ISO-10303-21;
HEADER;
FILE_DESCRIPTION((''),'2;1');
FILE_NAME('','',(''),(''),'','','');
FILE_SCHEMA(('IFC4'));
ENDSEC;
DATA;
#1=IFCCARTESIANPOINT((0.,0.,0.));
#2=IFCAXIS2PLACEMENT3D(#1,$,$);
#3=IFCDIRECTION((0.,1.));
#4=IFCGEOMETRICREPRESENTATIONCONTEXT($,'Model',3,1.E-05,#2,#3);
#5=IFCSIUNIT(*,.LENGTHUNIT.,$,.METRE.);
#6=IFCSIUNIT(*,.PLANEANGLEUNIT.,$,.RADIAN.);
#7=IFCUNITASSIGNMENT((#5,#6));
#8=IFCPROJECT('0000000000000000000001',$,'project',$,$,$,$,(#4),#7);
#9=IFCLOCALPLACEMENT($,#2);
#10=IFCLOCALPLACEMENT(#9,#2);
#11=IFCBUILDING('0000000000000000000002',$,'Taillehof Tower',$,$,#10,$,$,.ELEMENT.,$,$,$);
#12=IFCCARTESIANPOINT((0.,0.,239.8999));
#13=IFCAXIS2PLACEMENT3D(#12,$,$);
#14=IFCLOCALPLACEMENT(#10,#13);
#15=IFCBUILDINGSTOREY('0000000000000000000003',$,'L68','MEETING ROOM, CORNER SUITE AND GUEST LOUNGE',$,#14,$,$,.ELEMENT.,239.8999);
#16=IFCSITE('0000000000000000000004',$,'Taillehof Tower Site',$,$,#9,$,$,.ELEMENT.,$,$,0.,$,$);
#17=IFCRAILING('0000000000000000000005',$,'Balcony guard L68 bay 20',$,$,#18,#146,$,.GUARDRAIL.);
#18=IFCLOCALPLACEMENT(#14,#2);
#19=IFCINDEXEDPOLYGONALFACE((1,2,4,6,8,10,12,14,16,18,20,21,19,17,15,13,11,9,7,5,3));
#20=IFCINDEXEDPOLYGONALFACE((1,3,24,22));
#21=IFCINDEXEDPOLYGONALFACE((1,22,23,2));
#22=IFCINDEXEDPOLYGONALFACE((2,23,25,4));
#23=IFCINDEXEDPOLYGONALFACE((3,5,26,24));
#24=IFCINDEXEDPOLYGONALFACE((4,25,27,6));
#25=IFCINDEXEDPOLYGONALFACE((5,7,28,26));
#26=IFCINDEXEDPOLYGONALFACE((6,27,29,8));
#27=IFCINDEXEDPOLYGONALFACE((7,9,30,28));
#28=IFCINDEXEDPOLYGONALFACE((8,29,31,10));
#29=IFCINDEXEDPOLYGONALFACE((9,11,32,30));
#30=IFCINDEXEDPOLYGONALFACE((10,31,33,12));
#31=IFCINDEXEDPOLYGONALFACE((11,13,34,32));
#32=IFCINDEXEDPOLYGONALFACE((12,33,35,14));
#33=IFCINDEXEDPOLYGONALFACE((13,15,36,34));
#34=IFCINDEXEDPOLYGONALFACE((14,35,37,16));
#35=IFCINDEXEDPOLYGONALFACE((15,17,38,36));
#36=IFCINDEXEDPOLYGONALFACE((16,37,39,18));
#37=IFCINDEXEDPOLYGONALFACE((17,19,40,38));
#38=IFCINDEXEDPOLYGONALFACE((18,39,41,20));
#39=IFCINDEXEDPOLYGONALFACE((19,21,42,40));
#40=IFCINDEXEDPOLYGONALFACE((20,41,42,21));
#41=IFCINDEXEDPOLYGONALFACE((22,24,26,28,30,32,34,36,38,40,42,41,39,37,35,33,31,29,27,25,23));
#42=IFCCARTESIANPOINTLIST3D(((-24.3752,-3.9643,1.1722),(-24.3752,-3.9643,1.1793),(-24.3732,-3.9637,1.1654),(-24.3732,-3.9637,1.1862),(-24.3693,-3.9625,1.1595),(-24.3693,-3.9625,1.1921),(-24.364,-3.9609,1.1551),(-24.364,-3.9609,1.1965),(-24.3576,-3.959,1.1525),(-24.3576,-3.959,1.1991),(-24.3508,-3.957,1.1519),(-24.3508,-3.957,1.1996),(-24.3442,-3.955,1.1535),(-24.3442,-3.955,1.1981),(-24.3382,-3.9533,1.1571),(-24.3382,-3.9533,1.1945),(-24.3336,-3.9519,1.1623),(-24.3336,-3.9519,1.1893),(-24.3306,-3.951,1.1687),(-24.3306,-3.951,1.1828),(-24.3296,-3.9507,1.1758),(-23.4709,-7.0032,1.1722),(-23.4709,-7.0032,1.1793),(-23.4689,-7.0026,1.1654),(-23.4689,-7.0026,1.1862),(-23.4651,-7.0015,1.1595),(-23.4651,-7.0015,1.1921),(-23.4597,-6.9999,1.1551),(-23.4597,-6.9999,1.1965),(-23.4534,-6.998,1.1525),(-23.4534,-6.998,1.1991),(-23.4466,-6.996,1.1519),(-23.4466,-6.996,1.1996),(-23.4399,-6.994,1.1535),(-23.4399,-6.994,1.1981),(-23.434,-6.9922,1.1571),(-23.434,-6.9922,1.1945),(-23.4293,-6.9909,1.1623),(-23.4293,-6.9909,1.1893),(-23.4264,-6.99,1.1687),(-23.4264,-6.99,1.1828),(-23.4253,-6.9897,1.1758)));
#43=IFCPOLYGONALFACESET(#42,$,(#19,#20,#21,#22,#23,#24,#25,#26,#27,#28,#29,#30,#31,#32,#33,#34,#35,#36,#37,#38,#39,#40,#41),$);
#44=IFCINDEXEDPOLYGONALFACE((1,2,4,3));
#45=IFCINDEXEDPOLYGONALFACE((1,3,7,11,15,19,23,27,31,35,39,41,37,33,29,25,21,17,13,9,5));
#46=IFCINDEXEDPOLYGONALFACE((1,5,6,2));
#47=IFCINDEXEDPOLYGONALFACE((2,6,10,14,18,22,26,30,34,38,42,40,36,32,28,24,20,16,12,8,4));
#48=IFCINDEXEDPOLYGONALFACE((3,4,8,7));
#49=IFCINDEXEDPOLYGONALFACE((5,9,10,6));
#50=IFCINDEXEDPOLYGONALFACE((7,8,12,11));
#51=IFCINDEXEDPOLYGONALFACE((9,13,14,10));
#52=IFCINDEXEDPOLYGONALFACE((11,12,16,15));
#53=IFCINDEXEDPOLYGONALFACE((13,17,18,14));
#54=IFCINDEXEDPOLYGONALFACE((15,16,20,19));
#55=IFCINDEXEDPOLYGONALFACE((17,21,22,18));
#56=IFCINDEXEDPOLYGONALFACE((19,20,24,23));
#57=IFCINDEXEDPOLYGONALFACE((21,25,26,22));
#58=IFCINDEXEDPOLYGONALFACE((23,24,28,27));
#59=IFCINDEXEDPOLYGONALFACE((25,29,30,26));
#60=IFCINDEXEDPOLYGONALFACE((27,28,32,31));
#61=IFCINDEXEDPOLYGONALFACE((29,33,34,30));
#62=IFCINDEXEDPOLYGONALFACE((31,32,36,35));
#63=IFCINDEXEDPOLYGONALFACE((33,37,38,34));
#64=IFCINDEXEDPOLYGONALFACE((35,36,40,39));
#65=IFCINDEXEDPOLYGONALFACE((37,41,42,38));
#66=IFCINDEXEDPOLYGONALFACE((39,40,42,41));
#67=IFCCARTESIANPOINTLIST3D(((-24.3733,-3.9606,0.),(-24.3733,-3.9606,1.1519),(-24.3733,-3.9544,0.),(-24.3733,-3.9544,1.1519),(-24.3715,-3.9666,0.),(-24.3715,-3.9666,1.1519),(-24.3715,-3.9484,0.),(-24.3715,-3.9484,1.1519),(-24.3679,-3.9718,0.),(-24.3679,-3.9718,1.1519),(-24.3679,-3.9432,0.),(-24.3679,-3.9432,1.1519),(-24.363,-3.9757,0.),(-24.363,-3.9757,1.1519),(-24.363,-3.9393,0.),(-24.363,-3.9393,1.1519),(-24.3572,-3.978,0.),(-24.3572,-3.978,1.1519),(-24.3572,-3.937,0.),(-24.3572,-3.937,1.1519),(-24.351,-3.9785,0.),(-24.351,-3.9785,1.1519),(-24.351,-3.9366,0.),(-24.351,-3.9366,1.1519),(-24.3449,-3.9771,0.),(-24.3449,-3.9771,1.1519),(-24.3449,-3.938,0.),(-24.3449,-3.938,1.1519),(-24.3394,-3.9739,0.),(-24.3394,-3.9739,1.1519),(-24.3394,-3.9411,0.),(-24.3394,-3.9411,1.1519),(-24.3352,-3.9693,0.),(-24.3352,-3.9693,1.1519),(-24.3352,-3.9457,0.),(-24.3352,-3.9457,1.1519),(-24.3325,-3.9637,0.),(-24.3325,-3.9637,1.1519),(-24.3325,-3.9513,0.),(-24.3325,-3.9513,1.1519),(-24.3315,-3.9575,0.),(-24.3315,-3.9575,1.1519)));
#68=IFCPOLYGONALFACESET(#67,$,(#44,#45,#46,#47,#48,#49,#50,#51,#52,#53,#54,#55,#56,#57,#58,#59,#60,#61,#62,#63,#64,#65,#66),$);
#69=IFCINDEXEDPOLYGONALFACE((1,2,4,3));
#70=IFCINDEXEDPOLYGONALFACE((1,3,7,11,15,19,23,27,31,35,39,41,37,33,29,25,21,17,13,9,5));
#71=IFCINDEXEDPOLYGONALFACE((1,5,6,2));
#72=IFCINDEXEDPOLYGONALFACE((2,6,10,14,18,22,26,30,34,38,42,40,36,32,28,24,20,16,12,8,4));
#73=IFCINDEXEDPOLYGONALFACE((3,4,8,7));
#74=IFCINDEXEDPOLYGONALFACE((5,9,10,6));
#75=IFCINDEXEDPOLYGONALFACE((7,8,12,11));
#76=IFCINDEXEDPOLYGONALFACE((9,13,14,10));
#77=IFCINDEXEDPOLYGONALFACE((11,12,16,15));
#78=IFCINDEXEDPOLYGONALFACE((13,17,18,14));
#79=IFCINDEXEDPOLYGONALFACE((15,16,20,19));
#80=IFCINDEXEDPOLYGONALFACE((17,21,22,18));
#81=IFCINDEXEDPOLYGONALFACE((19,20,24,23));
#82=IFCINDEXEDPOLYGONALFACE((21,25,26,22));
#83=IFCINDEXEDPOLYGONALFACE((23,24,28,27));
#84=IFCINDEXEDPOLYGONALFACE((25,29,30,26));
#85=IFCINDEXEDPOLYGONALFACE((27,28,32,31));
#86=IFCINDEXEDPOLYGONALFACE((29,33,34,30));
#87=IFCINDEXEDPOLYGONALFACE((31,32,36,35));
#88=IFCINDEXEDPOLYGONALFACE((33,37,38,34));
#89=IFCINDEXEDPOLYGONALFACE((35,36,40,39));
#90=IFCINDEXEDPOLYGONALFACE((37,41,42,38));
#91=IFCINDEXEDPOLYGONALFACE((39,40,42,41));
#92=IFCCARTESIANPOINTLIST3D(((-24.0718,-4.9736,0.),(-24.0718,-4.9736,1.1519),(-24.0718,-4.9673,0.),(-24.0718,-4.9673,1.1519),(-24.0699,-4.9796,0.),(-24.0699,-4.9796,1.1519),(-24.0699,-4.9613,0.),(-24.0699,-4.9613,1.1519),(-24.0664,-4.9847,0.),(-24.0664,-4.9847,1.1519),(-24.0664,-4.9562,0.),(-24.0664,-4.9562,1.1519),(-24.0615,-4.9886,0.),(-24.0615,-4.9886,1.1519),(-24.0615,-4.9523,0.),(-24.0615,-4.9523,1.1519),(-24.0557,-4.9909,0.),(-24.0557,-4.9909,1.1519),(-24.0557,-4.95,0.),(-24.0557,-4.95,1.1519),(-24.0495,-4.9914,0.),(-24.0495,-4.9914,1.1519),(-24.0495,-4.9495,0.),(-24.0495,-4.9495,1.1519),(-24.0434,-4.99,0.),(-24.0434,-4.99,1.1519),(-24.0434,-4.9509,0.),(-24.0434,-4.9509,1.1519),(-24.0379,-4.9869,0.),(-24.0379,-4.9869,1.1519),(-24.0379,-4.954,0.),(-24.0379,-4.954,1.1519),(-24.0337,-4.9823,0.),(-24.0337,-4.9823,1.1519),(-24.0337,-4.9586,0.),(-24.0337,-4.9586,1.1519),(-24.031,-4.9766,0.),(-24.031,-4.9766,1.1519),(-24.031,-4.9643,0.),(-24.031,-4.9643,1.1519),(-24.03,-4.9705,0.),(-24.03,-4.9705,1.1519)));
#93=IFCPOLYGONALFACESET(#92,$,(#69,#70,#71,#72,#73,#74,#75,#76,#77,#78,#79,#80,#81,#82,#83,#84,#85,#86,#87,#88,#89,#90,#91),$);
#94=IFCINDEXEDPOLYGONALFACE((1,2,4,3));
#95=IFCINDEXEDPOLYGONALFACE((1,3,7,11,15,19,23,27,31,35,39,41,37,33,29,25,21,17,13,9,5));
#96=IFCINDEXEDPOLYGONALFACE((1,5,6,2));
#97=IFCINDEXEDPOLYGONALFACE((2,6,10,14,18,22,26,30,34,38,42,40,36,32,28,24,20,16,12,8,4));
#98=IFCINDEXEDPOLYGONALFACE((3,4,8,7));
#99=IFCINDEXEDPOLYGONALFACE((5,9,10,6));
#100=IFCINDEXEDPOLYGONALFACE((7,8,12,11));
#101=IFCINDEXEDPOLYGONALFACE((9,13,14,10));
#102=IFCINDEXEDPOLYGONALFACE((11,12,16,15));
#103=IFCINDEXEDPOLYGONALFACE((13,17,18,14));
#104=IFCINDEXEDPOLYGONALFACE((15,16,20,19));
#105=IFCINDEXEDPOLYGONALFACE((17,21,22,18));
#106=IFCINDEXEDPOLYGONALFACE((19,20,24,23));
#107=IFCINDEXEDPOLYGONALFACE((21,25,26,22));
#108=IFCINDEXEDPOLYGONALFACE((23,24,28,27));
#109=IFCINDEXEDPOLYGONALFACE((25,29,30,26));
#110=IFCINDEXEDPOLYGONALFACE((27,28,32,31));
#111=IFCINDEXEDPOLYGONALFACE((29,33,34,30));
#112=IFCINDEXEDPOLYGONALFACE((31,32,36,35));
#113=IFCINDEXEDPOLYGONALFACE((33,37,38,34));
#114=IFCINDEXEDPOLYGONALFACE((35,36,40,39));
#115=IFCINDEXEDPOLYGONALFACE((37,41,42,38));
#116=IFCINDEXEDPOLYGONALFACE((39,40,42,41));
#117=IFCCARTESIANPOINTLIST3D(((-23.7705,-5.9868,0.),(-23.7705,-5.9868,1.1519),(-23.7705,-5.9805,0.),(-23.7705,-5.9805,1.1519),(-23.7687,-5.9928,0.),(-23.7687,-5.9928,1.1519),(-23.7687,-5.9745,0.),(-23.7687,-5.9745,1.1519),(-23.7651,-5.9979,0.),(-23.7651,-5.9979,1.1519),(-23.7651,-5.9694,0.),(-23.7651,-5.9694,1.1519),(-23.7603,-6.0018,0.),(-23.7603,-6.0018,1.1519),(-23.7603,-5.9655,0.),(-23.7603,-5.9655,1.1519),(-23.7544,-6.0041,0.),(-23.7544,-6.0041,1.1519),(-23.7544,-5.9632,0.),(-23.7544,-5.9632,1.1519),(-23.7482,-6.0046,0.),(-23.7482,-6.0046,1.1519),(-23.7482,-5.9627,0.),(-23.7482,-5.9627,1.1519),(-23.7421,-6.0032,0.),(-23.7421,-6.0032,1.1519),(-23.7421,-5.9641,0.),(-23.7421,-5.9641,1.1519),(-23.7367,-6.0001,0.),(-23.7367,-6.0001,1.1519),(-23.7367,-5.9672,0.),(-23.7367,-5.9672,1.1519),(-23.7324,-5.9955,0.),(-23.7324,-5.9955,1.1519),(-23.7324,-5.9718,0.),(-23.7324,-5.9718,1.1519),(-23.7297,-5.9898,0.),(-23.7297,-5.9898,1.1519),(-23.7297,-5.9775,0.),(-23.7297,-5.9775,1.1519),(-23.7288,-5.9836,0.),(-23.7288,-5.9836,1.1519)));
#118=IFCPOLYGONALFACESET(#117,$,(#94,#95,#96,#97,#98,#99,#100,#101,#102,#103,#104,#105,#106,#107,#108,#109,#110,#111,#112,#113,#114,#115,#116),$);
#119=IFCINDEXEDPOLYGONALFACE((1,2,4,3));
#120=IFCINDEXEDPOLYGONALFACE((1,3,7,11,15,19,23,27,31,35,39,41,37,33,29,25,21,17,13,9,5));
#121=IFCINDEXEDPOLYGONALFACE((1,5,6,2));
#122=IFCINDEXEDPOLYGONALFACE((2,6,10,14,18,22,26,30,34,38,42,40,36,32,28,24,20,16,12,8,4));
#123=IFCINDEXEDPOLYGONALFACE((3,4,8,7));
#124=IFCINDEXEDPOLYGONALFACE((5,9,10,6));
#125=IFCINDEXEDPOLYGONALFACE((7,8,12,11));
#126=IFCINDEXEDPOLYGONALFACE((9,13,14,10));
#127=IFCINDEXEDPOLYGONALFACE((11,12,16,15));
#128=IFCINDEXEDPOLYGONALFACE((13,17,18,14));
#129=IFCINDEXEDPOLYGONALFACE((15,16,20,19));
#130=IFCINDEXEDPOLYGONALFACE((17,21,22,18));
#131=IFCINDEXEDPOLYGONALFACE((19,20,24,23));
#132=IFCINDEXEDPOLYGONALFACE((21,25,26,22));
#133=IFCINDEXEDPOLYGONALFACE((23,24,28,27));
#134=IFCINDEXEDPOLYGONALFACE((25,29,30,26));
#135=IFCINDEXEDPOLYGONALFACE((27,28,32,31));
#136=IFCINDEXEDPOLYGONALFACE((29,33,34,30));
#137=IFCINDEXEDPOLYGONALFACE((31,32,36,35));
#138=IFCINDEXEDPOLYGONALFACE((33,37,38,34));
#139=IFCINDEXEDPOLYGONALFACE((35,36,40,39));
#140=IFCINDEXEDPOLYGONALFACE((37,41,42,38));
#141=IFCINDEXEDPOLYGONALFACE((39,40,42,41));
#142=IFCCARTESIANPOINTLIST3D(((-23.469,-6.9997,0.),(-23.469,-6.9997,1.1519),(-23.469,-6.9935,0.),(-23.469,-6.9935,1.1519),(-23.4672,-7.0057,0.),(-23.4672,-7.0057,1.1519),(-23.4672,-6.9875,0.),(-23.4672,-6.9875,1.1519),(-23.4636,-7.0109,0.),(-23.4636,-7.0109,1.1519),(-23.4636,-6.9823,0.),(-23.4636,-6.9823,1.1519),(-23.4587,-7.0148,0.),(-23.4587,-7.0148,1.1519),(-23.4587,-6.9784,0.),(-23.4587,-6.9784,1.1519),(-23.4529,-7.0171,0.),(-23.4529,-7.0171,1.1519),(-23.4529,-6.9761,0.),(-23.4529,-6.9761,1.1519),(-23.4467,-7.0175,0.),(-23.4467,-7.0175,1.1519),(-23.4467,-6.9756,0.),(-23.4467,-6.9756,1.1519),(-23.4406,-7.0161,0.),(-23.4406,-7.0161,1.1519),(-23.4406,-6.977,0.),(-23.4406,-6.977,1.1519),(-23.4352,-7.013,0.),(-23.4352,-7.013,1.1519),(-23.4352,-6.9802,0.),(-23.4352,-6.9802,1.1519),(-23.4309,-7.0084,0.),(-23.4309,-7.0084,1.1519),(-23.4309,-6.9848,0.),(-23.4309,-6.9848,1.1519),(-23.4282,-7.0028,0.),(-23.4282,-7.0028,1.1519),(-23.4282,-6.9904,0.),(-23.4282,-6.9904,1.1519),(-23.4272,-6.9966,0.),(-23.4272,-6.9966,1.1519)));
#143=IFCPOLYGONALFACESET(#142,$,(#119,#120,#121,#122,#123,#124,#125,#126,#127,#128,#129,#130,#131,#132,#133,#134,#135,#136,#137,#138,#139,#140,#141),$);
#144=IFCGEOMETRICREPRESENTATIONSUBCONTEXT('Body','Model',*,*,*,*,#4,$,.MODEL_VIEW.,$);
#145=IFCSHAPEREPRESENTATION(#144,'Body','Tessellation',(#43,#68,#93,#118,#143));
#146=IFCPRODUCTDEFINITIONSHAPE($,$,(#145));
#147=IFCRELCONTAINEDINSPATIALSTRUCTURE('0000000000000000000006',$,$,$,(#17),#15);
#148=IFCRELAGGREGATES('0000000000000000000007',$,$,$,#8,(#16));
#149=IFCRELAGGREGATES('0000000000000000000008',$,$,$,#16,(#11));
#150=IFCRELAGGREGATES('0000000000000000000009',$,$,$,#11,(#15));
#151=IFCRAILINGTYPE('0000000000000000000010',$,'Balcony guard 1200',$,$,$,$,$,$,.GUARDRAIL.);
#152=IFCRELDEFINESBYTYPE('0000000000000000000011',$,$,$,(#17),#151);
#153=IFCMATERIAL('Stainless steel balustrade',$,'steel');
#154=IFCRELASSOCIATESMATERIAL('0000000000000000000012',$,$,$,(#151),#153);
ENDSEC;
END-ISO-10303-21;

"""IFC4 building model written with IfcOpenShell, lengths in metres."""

from ifc_helpers import new_model, si_unit, direction, frame, origin, origin_2d, place, context, subcontext, project, spatial, circle, extrude, material, type_object, element, save


model = new_model("IFC4")

# Units and contexts
model_context = context("Model", 3, precision=1e-05, world=origin(), true_north=direction((0.0, 1.0)))
body_context = subcontext(model_context, "Body", "Model", "MODEL_VIEW")
ifc_project = project(units=[si_unit("LENGTHUNIT", "METRE"), si_unit("PLANEANGLEUNIT", "RADIAN")], contexts=[model_context])

# Site, building, storey
site_placement = place(None, origin())
site = spatial("IfcSite", under=ifc_project, at=site_placement, Name="Taillehof Tower Site", CompositionType="ELEMENT", RefElevation=0.0)
building_placement = place(site_placement, origin())
building = spatial("IfcBuilding", under=site, at=building_placement, Name="Taillehof Tower", CompositionType="ELEMENT")
storey_placement = place(building_placement, frame((0.0, 0.0, 239.8999)))
storey = spatial("IfcBuildingStorey", under=building, at=storey_placement, Name="L68", Description="MEETING ROOM, CORNER SUITE AND GUEST LOUNGE", CompositionType="ELEMENT", Elevation=239.8999)

# Railing
ifc_material_1 = material(Name="Stainless steel balustrade", Category="steel")
railing_type = type_object("IfcRailingType", Name="Balcony guard 1200", PredefinedType="GUARDRAIL", material=ifc_material_1)
railing_1_placement = place(storey_placement, frame((-24.3525, -3.9575, 0.0)))
element("IfcRailing", 1, at=railing_1_placement, inside=storey, type_object=railing_type, Name="Balcony guard L68 bay 20", PredefinedType="GUARDRAIL", context=body_context, shape_type="SweptSolid", body=[
    extrude(circle(Radius=0.0239, at=origin_2d()), frame((0.0, 0.0, 1.1758), z_axis=(0.2852, -0.958468, 0.0), x_axis=(0.958468, 0.2852, 0.0)), (0.0, 0.0, 1.0), 3.1707),
    extrude(circle(Radius=0.021, at=origin_2d()), origin(), (0.0, 0.0, 1.0), 1.1519),
    extrude(circle(Radius=0.021, at=origin_2d()), frame((0.3015, -1.0129, 0.0)), (0.0, 0.0, 1.0), 1.1519),
    extrude(circle(Radius=0.021, at=origin_2d()), frame((0.6028, -2.0261, 0.0)), (0.0, 0.0, 1.0), 1.1519),
    extrude(circle(Radius=0.021, at=origin_2d()), frame((0.9043, -3.0391, 0.0)), (0.0, 0.0, 1.0), 1.1519),
])

save(model, "model.ifc")
